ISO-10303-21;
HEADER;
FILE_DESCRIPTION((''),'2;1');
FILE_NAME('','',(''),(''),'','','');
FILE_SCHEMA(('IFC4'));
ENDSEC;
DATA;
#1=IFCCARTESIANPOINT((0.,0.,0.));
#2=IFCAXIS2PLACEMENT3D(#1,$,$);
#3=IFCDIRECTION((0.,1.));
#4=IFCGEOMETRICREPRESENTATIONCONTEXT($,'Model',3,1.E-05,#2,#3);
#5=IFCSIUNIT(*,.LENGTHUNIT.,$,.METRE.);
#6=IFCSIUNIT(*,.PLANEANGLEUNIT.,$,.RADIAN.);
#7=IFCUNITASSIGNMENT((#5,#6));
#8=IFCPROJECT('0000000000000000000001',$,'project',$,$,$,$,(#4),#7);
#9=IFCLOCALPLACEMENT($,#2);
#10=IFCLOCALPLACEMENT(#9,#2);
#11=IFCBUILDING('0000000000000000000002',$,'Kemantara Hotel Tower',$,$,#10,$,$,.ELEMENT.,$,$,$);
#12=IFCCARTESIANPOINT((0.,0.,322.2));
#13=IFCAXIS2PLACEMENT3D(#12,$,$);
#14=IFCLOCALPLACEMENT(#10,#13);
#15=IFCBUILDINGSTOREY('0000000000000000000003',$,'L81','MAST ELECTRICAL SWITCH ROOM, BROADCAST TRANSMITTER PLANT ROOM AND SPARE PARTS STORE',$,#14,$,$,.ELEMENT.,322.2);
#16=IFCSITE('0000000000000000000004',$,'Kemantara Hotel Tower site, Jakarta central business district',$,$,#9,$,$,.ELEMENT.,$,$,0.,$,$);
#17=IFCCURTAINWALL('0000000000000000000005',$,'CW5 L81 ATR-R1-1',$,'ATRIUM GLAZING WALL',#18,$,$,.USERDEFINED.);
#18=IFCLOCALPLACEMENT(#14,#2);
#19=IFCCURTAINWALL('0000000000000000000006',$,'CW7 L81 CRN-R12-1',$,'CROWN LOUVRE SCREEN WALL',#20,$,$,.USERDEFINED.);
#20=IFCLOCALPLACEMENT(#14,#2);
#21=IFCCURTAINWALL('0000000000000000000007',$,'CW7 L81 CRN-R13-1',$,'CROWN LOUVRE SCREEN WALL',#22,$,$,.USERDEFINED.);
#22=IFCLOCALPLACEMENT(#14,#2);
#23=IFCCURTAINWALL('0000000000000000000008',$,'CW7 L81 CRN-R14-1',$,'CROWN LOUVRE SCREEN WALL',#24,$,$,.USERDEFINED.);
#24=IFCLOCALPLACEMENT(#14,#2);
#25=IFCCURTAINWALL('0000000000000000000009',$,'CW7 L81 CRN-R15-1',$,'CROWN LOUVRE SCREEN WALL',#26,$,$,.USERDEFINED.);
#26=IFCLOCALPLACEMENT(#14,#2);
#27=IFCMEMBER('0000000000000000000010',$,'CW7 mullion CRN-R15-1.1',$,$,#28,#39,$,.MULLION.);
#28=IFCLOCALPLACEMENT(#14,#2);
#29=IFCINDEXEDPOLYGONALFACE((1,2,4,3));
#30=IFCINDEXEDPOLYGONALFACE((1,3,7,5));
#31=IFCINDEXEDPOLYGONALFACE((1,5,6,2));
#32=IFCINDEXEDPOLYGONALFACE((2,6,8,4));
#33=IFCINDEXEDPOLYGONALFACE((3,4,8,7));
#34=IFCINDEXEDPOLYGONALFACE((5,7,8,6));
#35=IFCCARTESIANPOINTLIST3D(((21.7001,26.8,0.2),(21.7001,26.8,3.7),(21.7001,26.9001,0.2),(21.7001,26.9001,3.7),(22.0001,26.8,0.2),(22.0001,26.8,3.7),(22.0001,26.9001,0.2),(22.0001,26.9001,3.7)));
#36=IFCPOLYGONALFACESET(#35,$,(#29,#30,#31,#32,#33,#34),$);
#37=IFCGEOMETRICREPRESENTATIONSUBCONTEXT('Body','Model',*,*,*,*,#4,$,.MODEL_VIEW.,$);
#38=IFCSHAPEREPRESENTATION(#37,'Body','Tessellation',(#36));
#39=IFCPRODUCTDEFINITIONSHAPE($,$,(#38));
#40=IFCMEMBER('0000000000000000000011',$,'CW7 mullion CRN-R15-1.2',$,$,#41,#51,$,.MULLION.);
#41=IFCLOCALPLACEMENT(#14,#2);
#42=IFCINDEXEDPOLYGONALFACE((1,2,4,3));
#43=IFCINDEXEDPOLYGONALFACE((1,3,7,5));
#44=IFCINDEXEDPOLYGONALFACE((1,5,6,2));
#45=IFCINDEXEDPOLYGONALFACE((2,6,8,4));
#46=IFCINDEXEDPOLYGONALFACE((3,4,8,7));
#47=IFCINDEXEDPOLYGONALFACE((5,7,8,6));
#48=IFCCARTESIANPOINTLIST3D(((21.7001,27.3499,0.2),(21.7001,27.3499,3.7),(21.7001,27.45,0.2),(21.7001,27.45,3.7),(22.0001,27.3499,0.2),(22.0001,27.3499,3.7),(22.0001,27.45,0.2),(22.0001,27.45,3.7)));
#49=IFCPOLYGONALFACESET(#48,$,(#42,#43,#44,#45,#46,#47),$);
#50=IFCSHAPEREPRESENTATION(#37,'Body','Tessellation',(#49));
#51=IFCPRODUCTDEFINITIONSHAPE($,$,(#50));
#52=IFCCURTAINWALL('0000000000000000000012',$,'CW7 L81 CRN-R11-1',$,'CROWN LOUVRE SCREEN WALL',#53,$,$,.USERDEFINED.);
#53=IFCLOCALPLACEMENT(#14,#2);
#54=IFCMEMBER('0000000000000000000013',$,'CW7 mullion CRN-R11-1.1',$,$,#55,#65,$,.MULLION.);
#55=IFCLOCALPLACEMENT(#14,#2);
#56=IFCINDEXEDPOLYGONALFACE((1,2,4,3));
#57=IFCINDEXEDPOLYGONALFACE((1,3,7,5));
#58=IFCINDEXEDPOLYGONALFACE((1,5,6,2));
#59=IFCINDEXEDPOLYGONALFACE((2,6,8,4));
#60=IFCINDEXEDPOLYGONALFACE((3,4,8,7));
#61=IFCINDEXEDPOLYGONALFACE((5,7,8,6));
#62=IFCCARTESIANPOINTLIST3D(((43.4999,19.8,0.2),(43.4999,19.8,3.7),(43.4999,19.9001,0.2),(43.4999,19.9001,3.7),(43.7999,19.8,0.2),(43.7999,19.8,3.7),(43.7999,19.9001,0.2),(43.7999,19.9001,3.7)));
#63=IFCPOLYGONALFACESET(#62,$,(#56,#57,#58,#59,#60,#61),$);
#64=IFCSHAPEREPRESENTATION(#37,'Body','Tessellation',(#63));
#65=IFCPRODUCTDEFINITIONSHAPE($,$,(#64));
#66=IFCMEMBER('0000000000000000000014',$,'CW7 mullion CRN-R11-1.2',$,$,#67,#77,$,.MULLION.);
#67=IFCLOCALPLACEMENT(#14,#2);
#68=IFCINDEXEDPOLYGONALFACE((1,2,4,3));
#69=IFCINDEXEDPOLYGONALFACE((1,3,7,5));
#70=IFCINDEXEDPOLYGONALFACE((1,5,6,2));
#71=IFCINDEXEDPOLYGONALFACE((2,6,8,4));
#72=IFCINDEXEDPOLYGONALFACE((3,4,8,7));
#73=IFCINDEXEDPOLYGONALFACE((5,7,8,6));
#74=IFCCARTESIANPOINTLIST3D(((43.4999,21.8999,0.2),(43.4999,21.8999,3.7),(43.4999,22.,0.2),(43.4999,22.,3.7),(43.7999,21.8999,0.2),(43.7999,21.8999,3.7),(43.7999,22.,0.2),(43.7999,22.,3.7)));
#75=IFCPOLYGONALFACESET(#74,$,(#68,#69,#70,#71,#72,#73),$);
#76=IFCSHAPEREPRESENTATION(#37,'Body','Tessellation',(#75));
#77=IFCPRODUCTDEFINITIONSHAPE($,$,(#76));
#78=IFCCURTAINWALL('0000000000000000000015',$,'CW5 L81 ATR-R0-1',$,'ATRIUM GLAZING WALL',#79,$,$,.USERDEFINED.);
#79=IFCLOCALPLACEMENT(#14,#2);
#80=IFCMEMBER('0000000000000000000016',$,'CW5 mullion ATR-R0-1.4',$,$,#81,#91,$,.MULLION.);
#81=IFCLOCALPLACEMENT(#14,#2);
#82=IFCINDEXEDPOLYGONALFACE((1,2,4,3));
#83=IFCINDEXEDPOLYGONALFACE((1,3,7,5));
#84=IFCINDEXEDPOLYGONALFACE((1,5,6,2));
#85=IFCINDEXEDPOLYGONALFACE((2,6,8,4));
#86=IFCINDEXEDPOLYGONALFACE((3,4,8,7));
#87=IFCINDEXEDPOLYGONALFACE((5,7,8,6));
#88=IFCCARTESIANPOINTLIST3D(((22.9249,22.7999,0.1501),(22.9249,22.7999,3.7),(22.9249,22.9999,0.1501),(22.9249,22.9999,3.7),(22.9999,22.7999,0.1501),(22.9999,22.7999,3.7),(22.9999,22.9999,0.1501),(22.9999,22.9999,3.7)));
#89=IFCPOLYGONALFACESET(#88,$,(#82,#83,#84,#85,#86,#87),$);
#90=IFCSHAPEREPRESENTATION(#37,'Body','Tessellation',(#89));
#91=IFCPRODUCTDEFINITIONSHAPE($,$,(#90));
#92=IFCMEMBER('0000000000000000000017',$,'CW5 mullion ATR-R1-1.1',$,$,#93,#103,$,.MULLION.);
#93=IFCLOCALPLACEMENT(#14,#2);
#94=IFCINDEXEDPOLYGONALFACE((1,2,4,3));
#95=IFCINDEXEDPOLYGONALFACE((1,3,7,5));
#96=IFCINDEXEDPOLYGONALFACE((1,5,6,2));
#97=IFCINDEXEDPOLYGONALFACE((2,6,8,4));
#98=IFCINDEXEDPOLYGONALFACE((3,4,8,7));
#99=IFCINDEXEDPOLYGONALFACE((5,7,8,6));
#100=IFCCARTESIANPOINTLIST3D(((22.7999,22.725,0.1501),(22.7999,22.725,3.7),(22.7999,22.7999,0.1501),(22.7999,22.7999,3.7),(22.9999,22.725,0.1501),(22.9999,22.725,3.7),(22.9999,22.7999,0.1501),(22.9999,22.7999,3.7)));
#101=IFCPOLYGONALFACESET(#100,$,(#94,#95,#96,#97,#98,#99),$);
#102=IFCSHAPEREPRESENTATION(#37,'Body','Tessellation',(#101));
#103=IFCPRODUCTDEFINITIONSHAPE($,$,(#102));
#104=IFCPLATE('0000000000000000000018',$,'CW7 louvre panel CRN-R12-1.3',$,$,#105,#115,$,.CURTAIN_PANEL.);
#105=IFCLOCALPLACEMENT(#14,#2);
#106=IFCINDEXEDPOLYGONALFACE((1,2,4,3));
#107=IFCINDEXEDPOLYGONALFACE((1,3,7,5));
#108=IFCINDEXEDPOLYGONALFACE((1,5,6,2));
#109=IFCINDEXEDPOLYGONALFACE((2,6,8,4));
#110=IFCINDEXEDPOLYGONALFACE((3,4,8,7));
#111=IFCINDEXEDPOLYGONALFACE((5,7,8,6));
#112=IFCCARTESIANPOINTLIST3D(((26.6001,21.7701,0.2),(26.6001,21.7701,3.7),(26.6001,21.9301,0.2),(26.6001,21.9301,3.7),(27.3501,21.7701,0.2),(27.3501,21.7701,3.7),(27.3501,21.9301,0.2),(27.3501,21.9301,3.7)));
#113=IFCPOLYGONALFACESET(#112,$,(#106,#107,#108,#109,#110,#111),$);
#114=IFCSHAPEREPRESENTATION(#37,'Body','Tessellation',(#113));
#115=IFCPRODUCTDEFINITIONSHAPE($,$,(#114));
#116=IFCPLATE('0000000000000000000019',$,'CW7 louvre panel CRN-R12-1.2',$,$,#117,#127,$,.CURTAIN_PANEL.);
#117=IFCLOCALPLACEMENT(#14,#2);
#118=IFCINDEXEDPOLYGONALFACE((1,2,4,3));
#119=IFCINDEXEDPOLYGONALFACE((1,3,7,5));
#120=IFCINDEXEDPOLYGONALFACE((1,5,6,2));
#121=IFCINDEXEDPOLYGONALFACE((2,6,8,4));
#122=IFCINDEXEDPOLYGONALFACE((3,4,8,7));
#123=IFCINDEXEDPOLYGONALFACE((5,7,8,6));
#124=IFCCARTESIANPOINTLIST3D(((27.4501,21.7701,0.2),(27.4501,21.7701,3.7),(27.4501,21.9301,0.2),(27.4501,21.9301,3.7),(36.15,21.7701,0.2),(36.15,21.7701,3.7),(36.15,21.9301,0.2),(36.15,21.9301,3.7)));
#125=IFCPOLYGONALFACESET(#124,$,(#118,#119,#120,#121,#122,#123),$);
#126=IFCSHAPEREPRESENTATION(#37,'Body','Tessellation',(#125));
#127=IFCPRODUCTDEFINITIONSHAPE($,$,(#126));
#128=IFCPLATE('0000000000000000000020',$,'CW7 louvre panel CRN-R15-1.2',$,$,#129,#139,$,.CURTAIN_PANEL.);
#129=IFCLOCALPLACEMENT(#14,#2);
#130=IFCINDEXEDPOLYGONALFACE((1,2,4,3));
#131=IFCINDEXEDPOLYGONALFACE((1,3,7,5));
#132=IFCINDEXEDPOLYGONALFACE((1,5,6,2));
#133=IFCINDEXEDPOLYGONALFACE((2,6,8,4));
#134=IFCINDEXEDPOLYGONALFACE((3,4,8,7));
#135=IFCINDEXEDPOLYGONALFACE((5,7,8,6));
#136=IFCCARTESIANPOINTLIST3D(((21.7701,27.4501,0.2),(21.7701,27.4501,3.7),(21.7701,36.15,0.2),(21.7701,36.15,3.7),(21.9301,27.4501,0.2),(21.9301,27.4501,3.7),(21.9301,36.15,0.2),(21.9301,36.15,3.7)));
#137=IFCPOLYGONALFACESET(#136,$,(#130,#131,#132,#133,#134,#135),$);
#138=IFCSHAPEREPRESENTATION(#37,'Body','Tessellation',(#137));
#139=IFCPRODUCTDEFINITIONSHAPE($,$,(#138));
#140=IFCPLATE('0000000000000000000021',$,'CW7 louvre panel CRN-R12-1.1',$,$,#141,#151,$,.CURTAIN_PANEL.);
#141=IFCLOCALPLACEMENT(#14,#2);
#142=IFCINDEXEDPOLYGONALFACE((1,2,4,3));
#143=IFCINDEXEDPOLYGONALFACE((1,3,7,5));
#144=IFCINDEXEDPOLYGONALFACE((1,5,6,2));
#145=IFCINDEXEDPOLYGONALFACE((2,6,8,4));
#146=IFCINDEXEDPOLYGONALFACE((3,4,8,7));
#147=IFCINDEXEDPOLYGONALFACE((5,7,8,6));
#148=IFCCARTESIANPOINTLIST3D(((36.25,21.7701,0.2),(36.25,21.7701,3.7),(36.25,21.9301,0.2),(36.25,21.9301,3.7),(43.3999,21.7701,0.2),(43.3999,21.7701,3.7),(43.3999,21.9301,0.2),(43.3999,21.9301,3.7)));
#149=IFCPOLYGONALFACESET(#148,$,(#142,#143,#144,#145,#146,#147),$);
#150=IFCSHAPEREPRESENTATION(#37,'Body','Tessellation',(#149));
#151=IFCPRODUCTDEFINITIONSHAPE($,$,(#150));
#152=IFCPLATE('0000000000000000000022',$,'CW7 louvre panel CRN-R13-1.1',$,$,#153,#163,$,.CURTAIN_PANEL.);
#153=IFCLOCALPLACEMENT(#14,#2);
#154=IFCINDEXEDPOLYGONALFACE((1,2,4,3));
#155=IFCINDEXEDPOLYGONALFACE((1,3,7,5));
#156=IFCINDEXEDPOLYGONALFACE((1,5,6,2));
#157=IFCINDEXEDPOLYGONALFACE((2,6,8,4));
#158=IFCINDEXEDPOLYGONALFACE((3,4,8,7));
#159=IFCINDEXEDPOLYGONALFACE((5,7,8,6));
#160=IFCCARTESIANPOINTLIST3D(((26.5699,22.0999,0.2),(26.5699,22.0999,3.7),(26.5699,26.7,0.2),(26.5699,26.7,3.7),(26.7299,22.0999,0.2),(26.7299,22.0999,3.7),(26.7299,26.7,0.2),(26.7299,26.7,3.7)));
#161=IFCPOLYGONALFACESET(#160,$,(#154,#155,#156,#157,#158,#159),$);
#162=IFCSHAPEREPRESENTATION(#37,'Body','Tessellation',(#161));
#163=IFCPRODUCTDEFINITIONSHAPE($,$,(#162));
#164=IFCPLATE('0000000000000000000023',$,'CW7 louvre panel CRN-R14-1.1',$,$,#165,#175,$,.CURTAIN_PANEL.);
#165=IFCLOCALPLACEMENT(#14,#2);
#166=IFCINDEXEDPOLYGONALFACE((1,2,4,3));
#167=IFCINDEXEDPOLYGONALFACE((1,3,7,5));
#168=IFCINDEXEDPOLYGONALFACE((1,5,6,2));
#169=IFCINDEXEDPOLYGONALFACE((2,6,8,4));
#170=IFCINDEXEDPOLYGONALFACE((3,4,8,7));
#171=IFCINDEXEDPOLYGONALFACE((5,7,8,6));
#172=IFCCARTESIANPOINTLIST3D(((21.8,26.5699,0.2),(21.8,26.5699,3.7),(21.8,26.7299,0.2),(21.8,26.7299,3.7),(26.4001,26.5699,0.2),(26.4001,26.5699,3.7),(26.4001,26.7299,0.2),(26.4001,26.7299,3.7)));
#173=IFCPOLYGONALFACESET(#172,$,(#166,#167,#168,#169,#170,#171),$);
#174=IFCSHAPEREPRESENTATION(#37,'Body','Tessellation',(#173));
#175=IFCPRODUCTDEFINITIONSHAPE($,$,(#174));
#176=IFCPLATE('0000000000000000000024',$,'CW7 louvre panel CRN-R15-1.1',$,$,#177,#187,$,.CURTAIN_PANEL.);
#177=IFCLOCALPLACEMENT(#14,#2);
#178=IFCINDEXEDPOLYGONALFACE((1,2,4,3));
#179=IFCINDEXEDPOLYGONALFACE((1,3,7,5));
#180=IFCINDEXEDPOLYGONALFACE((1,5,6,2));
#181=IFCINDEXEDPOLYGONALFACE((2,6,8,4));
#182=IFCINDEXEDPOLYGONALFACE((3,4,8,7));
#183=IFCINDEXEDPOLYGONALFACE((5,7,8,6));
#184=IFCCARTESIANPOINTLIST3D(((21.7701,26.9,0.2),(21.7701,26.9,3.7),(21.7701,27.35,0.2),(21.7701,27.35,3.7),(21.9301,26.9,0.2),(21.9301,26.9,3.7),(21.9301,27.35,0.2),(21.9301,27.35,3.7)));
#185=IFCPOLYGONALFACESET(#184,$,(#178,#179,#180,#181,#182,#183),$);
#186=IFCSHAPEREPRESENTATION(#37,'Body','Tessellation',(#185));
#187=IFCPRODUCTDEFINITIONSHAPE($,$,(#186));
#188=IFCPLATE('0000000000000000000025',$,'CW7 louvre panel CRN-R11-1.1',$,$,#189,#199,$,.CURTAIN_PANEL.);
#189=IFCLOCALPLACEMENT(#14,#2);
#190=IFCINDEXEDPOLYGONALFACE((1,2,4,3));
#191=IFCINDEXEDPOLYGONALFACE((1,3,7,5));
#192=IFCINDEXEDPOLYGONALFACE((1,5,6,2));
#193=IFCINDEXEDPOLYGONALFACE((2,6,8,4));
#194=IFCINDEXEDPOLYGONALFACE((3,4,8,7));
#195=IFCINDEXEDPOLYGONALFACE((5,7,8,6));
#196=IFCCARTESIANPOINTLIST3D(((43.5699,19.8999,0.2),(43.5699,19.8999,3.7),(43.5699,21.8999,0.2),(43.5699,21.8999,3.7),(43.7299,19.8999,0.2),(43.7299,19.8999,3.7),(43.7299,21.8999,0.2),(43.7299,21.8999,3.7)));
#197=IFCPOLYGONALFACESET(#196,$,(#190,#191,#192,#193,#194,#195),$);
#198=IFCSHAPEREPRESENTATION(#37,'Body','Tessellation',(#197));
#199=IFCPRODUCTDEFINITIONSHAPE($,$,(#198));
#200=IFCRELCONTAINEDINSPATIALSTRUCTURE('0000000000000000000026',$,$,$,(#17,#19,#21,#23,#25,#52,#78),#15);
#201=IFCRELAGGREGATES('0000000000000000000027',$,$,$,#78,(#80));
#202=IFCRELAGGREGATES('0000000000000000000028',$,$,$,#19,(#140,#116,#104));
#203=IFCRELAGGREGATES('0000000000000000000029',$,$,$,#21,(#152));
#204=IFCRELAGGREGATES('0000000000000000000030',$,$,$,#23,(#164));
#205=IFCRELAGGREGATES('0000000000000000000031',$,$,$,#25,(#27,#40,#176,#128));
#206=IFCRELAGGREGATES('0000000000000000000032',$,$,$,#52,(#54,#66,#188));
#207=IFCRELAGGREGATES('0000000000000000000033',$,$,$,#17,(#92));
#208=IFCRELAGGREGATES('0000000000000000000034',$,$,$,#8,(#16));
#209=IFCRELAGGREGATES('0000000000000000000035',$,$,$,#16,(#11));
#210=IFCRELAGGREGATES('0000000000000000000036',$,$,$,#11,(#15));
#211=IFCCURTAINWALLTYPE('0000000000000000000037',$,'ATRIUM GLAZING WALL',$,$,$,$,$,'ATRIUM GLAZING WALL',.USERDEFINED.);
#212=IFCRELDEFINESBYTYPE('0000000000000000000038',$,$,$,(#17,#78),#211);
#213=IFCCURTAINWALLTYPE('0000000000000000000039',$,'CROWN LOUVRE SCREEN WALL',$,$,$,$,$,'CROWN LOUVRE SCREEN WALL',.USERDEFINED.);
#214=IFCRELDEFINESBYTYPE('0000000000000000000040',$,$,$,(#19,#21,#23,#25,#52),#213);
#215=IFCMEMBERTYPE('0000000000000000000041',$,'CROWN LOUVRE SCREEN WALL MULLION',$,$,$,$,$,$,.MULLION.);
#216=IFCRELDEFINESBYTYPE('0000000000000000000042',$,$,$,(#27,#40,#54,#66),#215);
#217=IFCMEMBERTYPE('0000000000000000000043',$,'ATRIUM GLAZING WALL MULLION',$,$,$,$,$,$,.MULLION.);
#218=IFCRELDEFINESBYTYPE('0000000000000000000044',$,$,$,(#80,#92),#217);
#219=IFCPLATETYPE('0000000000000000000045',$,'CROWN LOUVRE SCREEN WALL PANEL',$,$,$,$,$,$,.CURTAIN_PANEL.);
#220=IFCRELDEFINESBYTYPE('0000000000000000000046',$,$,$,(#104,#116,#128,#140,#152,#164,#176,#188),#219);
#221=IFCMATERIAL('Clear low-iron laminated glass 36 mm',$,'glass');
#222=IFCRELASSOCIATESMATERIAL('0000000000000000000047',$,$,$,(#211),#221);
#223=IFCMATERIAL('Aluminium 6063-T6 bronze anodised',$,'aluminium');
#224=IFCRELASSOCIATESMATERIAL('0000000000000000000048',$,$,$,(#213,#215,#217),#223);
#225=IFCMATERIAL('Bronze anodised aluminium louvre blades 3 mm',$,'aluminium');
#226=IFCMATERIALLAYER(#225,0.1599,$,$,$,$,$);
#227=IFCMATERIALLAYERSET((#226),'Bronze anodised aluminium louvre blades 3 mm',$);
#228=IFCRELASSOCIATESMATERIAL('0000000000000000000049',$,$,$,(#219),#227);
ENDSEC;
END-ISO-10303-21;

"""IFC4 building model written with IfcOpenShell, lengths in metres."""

from ifc_helpers import new_model, si_unit, direction, frame, origin, origin_2d, place, context, subcontext, project, spatial, rectangle, extrude, source, transform, mapped, material, layer, layer_set, material_profile, profile_set, type_object, element, aggregate, save


model = new_model("IFC4")

# Units and contexts
model_context = context("Model", 3, precision=1e-05, world=origin(), true_north=direction((0.0, 1.0)))
body_context = subcontext(model_context, "Body", "Model", "MODEL_VIEW")
ifc_project = project(units=[si_unit("LENGTHUNIT", "METRE"), si_unit("PLANEANGLEUNIT", "RADIAN")], contexts=[model_context])

# Site, building, storey
site_placement = place(None, origin())
site = spatial("IfcSite", under=ifc_project, at=site_placement, Name="Kemantara Hotel Tower site, Jakarta central business district", CompositionType="ELEMENT", RefElevation=0.0)
building_placement = place(site_placement, origin())
building = spatial("IfcBuilding", under=site, at=building_placement, Name="Kemantara Hotel Tower", CompositionType="ELEMENT")
storey_placement = place(building_placement, frame((0.0, 0.0, 322.2)))
storey = spatial("IfcBuildingStorey", under=building, at=storey_placement, Name="L81", Description="MAST ELECTRICAL SWITCH ROOM, BROADCAST TRANSMITTER PLANT ROOM AND SPARE PARTS STORE", CompositionType="ELEMENT", Elevation=322.2)

# Curtain walls
ifc_material_1 = material(Name="Clear low-iron laminated glass 36 mm", Category="glass")
curtain_wall_type_1 = type_object("IfcCurtainWallType", Name="ATRIUM GLAZING WALL", ElementType="ATRIUM GLAZING WALL", PredefinedType="USERDEFINED", material=ifc_material_1)
curtain_wall_1_placement = place(storey_placement, origin())
curtain_wall_1 = element("IfcCurtainWall", 1, at=curtain_wall_1_placement, inside=storey, type_object=curtain_wall_type_1, Name="CW5 L81 ATR-R1-1", ObjectType="ATRIUM GLAZING WALL", PredefinedType="USERDEFINED")
ifc_material_2 = material(Name="Aluminium 6063-T6 bronze anodised", Category="aluminium")
curtain_wall_type_2 = type_object("IfcCurtainWallType", Name="CROWN LOUVRE SCREEN WALL", ElementType="CROWN LOUVRE SCREEN WALL", PredefinedType="USERDEFINED", material=ifc_material_2)
curtain_wall_2_placement = place(storey_placement, origin())
curtain_wall_2 = element("IfcCurtainWall", 2, at=curtain_wall_2_placement, inside=storey, type_object=curtain_wall_type_2, Name="CW7 L81 CRN-R12-1", ObjectType="CROWN LOUVRE SCREEN WALL", PredefinedType="USERDEFINED")
curtain_wall_3_placement = place(storey_placement, origin())
curtain_wall_3 = element("IfcCurtainWall", 3, at=curtain_wall_3_placement, inside=storey, type_object=curtain_wall_type_2, Name="CW7 L81 CRN-R13-1", ObjectType="CROWN LOUVRE SCREEN WALL", PredefinedType="USERDEFINED")
curtain_wall_4_placement = place(storey_placement, origin())
curtain_wall_4 = element("IfcCurtainWall", 4, at=curtain_wall_4_placement, inside=storey, type_object=curtain_wall_type_2, Name="CW7 L81 CRN-R14-1", ObjectType="CROWN LOUVRE SCREEN WALL", PredefinedType="USERDEFINED")

# Shared definitions
ifc_material_profile_1 = material_profile(ifc_material_2, rectangle(XDim=0.3, YDim=0.1001, at=origin_2d()), Name="CROWN LOUVRE SCREEN WALL MULLION")
ifc_profile_set_1 = profile_set([ifc_material_profile_1], Name="Aluminium 6063-T6 bronze anodised")
member_type_1 = type_object("IfcMemberType", Name="CROWN LOUVRE SCREEN WALL MULLION", PredefinedType="MULLION", material=ifc_profile_set_1)
shared_shape_1 = source(origin(), body_context, "Body", "SweptSolid", [
    extrude(rectangle(XDim=0.3, YDim=0.1001, at=origin_2d()), origin(), (0.0, 0.0, 1.0), 3.5),
])

# Curtain walls, members
curtain_wall_5_placement = place(storey_placement, origin())
curtain_wall_5 = element("IfcCurtainWall", 5, at=curtain_wall_5_placement, inside=storey, type_object=curtain_wall_type_2, Name="CW7 L81 CRN-R15-1", ObjectType="CROWN LOUVRE SCREEN WALL", PredefinedType="USERDEFINED")
member_1_placement = place(storey_placement, frame((21.8501, 26.8501, 0.2), z_axis=(0.0, 0.0, 1.0), x_axis=(-1.0, 0.0, 0.0)))
member_1 = element("IfcMember", 6, at=member_1_placement, type_object=member_type_1, Name="CW7 mullion CRN-R15-1.1", PredefinedType="MULLION", context=body_context, shape_type="MappedRepresentation", body=[
    mapped(shared_shape_1, transform((0.0, 0.0, 0.0))),
])
member_2_placement = place(storey_placement, frame((21.8501, 27.3999, 0.2), z_axis=(0.0, 0.0, 1.0), x_axis=(-1.0, 0.0, 0.0)))
member_2 = element("IfcMember", 7, at=member_2_placement, type_object=member_type_1, Name="CW7 mullion CRN-R15-1.2", PredefinedType="MULLION", context=body_context, shape_type="MappedRepresentation", body=[
    mapped(shared_shape_1, transform((0.0, 0.0, 0.0))),
])
curtain_wall_6_placement = place(storey_placement, origin())
curtain_wall_6 = element("IfcCurtainWall", 8, at=curtain_wall_6_placement, inside=storey, type_object=curtain_wall_type_2, Name="CW7 L81 CRN-R11-1", ObjectType="CROWN LOUVRE SCREEN WALL", PredefinedType="USERDEFINED")
member_3_placement = place(storey_placement, frame((43.6499, 19.8501, 0.2), z_axis=(0.0, 0.0, 1.0), x_axis=(-1.0, 0.0, 0.0)))
member_3 = element("IfcMember", 9, at=member_3_placement, type_object=member_type_1, Name="CW7 mullion CRN-R11-1.1", PredefinedType="MULLION", context=body_context, shape_type="MappedRepresentation", body=[
    mapped(shared_shape_1, transform((0.0, 0.0, 0.0))),
])
member_4_placement = place(storey_placement, frame((43.6499, 21.95, 0.2), z_axis=(0.0, 0.0, 1.0), x_axis=(-1.0, 0.0, 0.0)))
member_4 = element("IfcMember", 10, at=member_4_placement, type_object=member_type_1, Name="CW7 mullion CRN-R11-1.2", PredefinedType="MULLION", context=body_context, shape_type="MappedRepresentation", body=[
    mapped(shared_shape_1, transform((0.0, 0.0, 0.0))),
])

# Curtain wall, member
curtain_wall_7_placement = place(storey_placement, origin())
curtain_wall_7 = element("IfcCurtainWall", 11, at=curtain_wall_7_placement, inside=storey, type_object=curtain_wall_type_1, Name="CW5 L81 ATR-R0-1", ObjectType="ATRIUM GLAZING WALL", PredefinedType="USERDEFINED")
ifc_material_profile_2 = material_profile(ifc_material_2, rectangle(XDim=0.2, YDim=0.075, at=origin_2d()), Name="ATRIUM GLAZING WALL MULLION")
ifc_profile_set_2 = profile_set([ifc_material_profile_2], Name="Aluminium 6063-T6 bronze anodised")
member_type_2 = type_object("IfcMemberType", Name="ATRIUM GLAZING WALL MULLION", PredefinedType="MULLION", material=ifc_profile_set_2)
shared_shape_2 = source(origin(), body_context, "Body", "SweptSolid", [
    extrude(rectangle(XDim=0.2, YDim=0.075, at=origin_2d()), origin(), (0.0, 0.0, 1.0), 3.5498),
])
member_5_placement = place(storey_placement, frame((22.9624, 22.8999, 0.1501), z_axis=(0.0, 0.0, 1.0), x_axis=(0.0, 1.0, 0.0)))
member_5 = element("IfcMember", 12, at=member_5_placement, type_object=member_type_2, Name="CW5 mullion ATR-R0-1.4", PredefinedType="MULLION", context=body_context, shape_type="MappedRepresentation", body=[
    mapped(shared_shape_2, transform((0.0, 0.0, 0.0))),
])
aggregate(curtain_wall_7, [member_5])

# Member
member_6_placement = place(storey_placement, frame((22.8999, 22.7625, 0.1501), z_axis=(0.0, 0.0, 1.0), x_axis=(1.0, 0.0, 0.0)))
member_6 = element("IfcMember", 13, at=member_6_placement, type_object=member_type_2, Name="CW5 mullion ATR-R1-1.1", PredefinedType="MULLION", context=body_context, shape_type="MappedRepresentation", body=[
    mapped(shared_shape_2, transform((0.0, 0.0, 0.0))),
])

# Plates
ifc_material_3 = material(Name="Bronze anodised aluminium louvre blades 3 mm", Category="aluminium")
ifc_layer_1 = layer(ifc_material_3, 0.1599)
ifc_layer_set_1 = layer_set([ifc_layer_1], Name="Bronze anodised aluminium louvre blades 3 mm")
plate_type_1 = type_object("IfcPlateType", Name="CROWN LOUVRE SCREEN WALL PANEL", PredefinedType="CURTAIN_PANEL", material=ifc_layer_set_1)
shared_shape_3 = source(origin(), body_context, "Body", "SweptSolid", [
    extrude(rectangle(XDim=0.75, YDim=0.1599, at=origin_2d()), origin(), (0.0, 0.0, 1.0), 3.5),
])
plate_1_placement = place(storey_placement, frame((26.9751, 21.8501, 0.2), z_axis=(0.0, 0.0, 1.0), x_axis=(-1.0, 0.0, 0.0)))
plate_1 = element("IfcPlate", 14, at=plate_1_placement, type_object=plate_type_1, Name="CW7 louvre panel CRN-R12-1.3", PredefinedType="CURTAIN_PANEL", context=body_context, shape_type="MappedRepresentation", body=[
    mapped(shared_shape_3, transform((0.0, 0.0, 0.0))),
])
shared_shape_4 = source(origin(), body_context, "Body", "SweptSolid", [
    extrude(rectangle(XDim=8.7, YDim=0.1599, at=origin_2d()), origin(), (0.0, 0.0, 1.0), 3.5),
])
plate_2_placement = place(storey_placement, frame((31.8, 21.8501, 0.2), z_axis=(0.0, 0.0, 1.0), x_axis=(-1.0, 0.0, 0.0)))
plate_2 = element("IfcPlate", 15, at=plate_2_placement, type_object=plate_type_1, Name="CW7 louvre panel CRN-R12-1.2", PredefinedType="CURTAIN_PANEL", context=body_context, shape_type="MappedRepresentation", body=[
    mapped(shared_shape_4, transform((0.0, 0.0, 0.0))),
])
plate_3_placement = place(storey_placement, frame((21.8501, 31.8, 0.2), z_axis=(0.0, 0.0, 1.0), x_axis=(0.0, 1.0, 0.0)))
plate_3 = element("IfcPlate", 16, at=plate_3_placement, type_object=plate_type_1, Name="CW7 louvre panel CRN-R15-1.2", PredefinedType="CURTAIN_PANEL", context=body_context, shape_type="MappedRepresentation", body=[
    mapped(shared_shape_4, transform((0.0, 0.0, 0.0))),
])
shared_shape_5 = source(origin(), body_context, "Body", "SweptSolid", [
    extrude(rectangle(XDim=7.1499, YDim=0.1599, at=origin_2d()), origin(), (0.0, 0.0, 1.0), 3.5),
])
plate_4_placement = place(storey_placement, frame((39.825, 21.8501, 0.2), z_axis=(0.0, 0.0, 1.0), x_axis=(-1.0, 0.0, 0.0)))
plate_4 = element("IfcPlate", 17, at=plate_4_placement, type_object=plate_type_1, Name="CW7 louvre panel CRN-R12-1.1", PredefinedType="CURTAIN_PANEL", context=body_context, shape_type="MappedRepresentation", body=[
    mapped(shared_shape_5, transform((0.0, 0.0, 0.0))),
])
aggregate(curtain_wall_2, [plate_4, plate_2, plate_1])
shared_shape_6 = source(origin(), body_context, "Body", "SweptSolid", [
    extrude(rectangle(XDim=4.6001, YDim=0.1599, at=origin_2d()), origin(), (0.0, 0.0, 1.0), 3.5),
])
plate_5_placement = place(storey_placement, frame((26.6499, 24.3999, 0.2), z_axis=(0.0, 0.0, 1.0), x_axis=(0.0, 1.0, 0.0)))
plate_5 = element("IfcPlate", 18, at=plate_5_placement, type_object=plate_type_1, Name="CW7 louvre panel CRN-R13-1.1", PredefinedType="CURTAIN_PANEL", context=body_context, shape_type="MappedRepresentation", body=[
    mapped(shared_shape_6, transform((0.0, 0.0, 0.0))),
])
aggregate(curtain_wall_3, [plate_5])
plate_6_placement = place(storey_placement, frame((24.1001, 26.6499, 0.2), z_axis=(0.0, 0.0, 1.0), x_axis=(-1.0, 0.0, 0.0)))
plate_6 = element("IfcPlate", 19, at=plate_6_placement, type_object=plate_type_1, Name="CW7 louvre panel CRN-R14-1.1", PredefinedType="CURTAIN_PANEL", context=body_context, shape_type="MappedRepresentation", body=[
    mapped(shared_shape_6, transform((0.0, 0.0, 0.0))),
])
aggregate(curtain_wall_4, [plate_6])
shared_shape_7 = source(origin(), body_context, "Body", "SweptSolid", [
    extrude(rectangle(XDim=0.45, YDim=0.1599, at=origin_2d()), origin(), (0.0, 0.0, 1.0), 3.5),
])
plate_7_placement = place(storey_placement, frame((21.8501, 27.125, 0.2), z_axis=(0.0, 0.0, 1.0), x_axis=(0.0, 1.0, 0.0)))
plate_7 = element("IfcPlate", 20, at=plate_7_placement, type_object=plate_type_1, Name="CW7 louvre panel CRN-R15-1.1", PredefinedType="CURTAIN_PANEL", context=body_context, shape_type="MappedRepresentation", body=[
    mapped(shared_shape_7, transform((0.0, 0.0, 0.0))),
])
aggregate(curtain_wall_5, [member_1, member_2, plate_7, plate_3])
shared_shape_8 = source(origin(), body_context, "Body", "SweptSolid", [
    extrude(rectangle(XDim=2.0, YDim=0.1599, at=origin_2d()), origin(), (0.0, 0.0, 1.0), 3.5),
])
plate_8_placement = place(storey_placement, frame((43.6499, 20.8999, 0.2), z_axis=(0.0, 0.0, 1.0), x_axis=(0.0, 1.0, 0.0)))
plate_8 = element("IfcPlate", 21, at=plate_8_placement, type_object=plate_type_1, Name="CW7 louvre panel CRN-R11-1.1", PredefinedType="CURTAIN_PANEL", context=body_context, shape_type="MappedRepresentation", body=[
    mapped(shared_shape_8, transform((0.0, 0.0, 0.0))),
])
aggregate(curtain_wall_6, [member_3, member_4, plate_8])
aggregate(curtain_wall_1, [member_6])

save(model, "model.ifc")
